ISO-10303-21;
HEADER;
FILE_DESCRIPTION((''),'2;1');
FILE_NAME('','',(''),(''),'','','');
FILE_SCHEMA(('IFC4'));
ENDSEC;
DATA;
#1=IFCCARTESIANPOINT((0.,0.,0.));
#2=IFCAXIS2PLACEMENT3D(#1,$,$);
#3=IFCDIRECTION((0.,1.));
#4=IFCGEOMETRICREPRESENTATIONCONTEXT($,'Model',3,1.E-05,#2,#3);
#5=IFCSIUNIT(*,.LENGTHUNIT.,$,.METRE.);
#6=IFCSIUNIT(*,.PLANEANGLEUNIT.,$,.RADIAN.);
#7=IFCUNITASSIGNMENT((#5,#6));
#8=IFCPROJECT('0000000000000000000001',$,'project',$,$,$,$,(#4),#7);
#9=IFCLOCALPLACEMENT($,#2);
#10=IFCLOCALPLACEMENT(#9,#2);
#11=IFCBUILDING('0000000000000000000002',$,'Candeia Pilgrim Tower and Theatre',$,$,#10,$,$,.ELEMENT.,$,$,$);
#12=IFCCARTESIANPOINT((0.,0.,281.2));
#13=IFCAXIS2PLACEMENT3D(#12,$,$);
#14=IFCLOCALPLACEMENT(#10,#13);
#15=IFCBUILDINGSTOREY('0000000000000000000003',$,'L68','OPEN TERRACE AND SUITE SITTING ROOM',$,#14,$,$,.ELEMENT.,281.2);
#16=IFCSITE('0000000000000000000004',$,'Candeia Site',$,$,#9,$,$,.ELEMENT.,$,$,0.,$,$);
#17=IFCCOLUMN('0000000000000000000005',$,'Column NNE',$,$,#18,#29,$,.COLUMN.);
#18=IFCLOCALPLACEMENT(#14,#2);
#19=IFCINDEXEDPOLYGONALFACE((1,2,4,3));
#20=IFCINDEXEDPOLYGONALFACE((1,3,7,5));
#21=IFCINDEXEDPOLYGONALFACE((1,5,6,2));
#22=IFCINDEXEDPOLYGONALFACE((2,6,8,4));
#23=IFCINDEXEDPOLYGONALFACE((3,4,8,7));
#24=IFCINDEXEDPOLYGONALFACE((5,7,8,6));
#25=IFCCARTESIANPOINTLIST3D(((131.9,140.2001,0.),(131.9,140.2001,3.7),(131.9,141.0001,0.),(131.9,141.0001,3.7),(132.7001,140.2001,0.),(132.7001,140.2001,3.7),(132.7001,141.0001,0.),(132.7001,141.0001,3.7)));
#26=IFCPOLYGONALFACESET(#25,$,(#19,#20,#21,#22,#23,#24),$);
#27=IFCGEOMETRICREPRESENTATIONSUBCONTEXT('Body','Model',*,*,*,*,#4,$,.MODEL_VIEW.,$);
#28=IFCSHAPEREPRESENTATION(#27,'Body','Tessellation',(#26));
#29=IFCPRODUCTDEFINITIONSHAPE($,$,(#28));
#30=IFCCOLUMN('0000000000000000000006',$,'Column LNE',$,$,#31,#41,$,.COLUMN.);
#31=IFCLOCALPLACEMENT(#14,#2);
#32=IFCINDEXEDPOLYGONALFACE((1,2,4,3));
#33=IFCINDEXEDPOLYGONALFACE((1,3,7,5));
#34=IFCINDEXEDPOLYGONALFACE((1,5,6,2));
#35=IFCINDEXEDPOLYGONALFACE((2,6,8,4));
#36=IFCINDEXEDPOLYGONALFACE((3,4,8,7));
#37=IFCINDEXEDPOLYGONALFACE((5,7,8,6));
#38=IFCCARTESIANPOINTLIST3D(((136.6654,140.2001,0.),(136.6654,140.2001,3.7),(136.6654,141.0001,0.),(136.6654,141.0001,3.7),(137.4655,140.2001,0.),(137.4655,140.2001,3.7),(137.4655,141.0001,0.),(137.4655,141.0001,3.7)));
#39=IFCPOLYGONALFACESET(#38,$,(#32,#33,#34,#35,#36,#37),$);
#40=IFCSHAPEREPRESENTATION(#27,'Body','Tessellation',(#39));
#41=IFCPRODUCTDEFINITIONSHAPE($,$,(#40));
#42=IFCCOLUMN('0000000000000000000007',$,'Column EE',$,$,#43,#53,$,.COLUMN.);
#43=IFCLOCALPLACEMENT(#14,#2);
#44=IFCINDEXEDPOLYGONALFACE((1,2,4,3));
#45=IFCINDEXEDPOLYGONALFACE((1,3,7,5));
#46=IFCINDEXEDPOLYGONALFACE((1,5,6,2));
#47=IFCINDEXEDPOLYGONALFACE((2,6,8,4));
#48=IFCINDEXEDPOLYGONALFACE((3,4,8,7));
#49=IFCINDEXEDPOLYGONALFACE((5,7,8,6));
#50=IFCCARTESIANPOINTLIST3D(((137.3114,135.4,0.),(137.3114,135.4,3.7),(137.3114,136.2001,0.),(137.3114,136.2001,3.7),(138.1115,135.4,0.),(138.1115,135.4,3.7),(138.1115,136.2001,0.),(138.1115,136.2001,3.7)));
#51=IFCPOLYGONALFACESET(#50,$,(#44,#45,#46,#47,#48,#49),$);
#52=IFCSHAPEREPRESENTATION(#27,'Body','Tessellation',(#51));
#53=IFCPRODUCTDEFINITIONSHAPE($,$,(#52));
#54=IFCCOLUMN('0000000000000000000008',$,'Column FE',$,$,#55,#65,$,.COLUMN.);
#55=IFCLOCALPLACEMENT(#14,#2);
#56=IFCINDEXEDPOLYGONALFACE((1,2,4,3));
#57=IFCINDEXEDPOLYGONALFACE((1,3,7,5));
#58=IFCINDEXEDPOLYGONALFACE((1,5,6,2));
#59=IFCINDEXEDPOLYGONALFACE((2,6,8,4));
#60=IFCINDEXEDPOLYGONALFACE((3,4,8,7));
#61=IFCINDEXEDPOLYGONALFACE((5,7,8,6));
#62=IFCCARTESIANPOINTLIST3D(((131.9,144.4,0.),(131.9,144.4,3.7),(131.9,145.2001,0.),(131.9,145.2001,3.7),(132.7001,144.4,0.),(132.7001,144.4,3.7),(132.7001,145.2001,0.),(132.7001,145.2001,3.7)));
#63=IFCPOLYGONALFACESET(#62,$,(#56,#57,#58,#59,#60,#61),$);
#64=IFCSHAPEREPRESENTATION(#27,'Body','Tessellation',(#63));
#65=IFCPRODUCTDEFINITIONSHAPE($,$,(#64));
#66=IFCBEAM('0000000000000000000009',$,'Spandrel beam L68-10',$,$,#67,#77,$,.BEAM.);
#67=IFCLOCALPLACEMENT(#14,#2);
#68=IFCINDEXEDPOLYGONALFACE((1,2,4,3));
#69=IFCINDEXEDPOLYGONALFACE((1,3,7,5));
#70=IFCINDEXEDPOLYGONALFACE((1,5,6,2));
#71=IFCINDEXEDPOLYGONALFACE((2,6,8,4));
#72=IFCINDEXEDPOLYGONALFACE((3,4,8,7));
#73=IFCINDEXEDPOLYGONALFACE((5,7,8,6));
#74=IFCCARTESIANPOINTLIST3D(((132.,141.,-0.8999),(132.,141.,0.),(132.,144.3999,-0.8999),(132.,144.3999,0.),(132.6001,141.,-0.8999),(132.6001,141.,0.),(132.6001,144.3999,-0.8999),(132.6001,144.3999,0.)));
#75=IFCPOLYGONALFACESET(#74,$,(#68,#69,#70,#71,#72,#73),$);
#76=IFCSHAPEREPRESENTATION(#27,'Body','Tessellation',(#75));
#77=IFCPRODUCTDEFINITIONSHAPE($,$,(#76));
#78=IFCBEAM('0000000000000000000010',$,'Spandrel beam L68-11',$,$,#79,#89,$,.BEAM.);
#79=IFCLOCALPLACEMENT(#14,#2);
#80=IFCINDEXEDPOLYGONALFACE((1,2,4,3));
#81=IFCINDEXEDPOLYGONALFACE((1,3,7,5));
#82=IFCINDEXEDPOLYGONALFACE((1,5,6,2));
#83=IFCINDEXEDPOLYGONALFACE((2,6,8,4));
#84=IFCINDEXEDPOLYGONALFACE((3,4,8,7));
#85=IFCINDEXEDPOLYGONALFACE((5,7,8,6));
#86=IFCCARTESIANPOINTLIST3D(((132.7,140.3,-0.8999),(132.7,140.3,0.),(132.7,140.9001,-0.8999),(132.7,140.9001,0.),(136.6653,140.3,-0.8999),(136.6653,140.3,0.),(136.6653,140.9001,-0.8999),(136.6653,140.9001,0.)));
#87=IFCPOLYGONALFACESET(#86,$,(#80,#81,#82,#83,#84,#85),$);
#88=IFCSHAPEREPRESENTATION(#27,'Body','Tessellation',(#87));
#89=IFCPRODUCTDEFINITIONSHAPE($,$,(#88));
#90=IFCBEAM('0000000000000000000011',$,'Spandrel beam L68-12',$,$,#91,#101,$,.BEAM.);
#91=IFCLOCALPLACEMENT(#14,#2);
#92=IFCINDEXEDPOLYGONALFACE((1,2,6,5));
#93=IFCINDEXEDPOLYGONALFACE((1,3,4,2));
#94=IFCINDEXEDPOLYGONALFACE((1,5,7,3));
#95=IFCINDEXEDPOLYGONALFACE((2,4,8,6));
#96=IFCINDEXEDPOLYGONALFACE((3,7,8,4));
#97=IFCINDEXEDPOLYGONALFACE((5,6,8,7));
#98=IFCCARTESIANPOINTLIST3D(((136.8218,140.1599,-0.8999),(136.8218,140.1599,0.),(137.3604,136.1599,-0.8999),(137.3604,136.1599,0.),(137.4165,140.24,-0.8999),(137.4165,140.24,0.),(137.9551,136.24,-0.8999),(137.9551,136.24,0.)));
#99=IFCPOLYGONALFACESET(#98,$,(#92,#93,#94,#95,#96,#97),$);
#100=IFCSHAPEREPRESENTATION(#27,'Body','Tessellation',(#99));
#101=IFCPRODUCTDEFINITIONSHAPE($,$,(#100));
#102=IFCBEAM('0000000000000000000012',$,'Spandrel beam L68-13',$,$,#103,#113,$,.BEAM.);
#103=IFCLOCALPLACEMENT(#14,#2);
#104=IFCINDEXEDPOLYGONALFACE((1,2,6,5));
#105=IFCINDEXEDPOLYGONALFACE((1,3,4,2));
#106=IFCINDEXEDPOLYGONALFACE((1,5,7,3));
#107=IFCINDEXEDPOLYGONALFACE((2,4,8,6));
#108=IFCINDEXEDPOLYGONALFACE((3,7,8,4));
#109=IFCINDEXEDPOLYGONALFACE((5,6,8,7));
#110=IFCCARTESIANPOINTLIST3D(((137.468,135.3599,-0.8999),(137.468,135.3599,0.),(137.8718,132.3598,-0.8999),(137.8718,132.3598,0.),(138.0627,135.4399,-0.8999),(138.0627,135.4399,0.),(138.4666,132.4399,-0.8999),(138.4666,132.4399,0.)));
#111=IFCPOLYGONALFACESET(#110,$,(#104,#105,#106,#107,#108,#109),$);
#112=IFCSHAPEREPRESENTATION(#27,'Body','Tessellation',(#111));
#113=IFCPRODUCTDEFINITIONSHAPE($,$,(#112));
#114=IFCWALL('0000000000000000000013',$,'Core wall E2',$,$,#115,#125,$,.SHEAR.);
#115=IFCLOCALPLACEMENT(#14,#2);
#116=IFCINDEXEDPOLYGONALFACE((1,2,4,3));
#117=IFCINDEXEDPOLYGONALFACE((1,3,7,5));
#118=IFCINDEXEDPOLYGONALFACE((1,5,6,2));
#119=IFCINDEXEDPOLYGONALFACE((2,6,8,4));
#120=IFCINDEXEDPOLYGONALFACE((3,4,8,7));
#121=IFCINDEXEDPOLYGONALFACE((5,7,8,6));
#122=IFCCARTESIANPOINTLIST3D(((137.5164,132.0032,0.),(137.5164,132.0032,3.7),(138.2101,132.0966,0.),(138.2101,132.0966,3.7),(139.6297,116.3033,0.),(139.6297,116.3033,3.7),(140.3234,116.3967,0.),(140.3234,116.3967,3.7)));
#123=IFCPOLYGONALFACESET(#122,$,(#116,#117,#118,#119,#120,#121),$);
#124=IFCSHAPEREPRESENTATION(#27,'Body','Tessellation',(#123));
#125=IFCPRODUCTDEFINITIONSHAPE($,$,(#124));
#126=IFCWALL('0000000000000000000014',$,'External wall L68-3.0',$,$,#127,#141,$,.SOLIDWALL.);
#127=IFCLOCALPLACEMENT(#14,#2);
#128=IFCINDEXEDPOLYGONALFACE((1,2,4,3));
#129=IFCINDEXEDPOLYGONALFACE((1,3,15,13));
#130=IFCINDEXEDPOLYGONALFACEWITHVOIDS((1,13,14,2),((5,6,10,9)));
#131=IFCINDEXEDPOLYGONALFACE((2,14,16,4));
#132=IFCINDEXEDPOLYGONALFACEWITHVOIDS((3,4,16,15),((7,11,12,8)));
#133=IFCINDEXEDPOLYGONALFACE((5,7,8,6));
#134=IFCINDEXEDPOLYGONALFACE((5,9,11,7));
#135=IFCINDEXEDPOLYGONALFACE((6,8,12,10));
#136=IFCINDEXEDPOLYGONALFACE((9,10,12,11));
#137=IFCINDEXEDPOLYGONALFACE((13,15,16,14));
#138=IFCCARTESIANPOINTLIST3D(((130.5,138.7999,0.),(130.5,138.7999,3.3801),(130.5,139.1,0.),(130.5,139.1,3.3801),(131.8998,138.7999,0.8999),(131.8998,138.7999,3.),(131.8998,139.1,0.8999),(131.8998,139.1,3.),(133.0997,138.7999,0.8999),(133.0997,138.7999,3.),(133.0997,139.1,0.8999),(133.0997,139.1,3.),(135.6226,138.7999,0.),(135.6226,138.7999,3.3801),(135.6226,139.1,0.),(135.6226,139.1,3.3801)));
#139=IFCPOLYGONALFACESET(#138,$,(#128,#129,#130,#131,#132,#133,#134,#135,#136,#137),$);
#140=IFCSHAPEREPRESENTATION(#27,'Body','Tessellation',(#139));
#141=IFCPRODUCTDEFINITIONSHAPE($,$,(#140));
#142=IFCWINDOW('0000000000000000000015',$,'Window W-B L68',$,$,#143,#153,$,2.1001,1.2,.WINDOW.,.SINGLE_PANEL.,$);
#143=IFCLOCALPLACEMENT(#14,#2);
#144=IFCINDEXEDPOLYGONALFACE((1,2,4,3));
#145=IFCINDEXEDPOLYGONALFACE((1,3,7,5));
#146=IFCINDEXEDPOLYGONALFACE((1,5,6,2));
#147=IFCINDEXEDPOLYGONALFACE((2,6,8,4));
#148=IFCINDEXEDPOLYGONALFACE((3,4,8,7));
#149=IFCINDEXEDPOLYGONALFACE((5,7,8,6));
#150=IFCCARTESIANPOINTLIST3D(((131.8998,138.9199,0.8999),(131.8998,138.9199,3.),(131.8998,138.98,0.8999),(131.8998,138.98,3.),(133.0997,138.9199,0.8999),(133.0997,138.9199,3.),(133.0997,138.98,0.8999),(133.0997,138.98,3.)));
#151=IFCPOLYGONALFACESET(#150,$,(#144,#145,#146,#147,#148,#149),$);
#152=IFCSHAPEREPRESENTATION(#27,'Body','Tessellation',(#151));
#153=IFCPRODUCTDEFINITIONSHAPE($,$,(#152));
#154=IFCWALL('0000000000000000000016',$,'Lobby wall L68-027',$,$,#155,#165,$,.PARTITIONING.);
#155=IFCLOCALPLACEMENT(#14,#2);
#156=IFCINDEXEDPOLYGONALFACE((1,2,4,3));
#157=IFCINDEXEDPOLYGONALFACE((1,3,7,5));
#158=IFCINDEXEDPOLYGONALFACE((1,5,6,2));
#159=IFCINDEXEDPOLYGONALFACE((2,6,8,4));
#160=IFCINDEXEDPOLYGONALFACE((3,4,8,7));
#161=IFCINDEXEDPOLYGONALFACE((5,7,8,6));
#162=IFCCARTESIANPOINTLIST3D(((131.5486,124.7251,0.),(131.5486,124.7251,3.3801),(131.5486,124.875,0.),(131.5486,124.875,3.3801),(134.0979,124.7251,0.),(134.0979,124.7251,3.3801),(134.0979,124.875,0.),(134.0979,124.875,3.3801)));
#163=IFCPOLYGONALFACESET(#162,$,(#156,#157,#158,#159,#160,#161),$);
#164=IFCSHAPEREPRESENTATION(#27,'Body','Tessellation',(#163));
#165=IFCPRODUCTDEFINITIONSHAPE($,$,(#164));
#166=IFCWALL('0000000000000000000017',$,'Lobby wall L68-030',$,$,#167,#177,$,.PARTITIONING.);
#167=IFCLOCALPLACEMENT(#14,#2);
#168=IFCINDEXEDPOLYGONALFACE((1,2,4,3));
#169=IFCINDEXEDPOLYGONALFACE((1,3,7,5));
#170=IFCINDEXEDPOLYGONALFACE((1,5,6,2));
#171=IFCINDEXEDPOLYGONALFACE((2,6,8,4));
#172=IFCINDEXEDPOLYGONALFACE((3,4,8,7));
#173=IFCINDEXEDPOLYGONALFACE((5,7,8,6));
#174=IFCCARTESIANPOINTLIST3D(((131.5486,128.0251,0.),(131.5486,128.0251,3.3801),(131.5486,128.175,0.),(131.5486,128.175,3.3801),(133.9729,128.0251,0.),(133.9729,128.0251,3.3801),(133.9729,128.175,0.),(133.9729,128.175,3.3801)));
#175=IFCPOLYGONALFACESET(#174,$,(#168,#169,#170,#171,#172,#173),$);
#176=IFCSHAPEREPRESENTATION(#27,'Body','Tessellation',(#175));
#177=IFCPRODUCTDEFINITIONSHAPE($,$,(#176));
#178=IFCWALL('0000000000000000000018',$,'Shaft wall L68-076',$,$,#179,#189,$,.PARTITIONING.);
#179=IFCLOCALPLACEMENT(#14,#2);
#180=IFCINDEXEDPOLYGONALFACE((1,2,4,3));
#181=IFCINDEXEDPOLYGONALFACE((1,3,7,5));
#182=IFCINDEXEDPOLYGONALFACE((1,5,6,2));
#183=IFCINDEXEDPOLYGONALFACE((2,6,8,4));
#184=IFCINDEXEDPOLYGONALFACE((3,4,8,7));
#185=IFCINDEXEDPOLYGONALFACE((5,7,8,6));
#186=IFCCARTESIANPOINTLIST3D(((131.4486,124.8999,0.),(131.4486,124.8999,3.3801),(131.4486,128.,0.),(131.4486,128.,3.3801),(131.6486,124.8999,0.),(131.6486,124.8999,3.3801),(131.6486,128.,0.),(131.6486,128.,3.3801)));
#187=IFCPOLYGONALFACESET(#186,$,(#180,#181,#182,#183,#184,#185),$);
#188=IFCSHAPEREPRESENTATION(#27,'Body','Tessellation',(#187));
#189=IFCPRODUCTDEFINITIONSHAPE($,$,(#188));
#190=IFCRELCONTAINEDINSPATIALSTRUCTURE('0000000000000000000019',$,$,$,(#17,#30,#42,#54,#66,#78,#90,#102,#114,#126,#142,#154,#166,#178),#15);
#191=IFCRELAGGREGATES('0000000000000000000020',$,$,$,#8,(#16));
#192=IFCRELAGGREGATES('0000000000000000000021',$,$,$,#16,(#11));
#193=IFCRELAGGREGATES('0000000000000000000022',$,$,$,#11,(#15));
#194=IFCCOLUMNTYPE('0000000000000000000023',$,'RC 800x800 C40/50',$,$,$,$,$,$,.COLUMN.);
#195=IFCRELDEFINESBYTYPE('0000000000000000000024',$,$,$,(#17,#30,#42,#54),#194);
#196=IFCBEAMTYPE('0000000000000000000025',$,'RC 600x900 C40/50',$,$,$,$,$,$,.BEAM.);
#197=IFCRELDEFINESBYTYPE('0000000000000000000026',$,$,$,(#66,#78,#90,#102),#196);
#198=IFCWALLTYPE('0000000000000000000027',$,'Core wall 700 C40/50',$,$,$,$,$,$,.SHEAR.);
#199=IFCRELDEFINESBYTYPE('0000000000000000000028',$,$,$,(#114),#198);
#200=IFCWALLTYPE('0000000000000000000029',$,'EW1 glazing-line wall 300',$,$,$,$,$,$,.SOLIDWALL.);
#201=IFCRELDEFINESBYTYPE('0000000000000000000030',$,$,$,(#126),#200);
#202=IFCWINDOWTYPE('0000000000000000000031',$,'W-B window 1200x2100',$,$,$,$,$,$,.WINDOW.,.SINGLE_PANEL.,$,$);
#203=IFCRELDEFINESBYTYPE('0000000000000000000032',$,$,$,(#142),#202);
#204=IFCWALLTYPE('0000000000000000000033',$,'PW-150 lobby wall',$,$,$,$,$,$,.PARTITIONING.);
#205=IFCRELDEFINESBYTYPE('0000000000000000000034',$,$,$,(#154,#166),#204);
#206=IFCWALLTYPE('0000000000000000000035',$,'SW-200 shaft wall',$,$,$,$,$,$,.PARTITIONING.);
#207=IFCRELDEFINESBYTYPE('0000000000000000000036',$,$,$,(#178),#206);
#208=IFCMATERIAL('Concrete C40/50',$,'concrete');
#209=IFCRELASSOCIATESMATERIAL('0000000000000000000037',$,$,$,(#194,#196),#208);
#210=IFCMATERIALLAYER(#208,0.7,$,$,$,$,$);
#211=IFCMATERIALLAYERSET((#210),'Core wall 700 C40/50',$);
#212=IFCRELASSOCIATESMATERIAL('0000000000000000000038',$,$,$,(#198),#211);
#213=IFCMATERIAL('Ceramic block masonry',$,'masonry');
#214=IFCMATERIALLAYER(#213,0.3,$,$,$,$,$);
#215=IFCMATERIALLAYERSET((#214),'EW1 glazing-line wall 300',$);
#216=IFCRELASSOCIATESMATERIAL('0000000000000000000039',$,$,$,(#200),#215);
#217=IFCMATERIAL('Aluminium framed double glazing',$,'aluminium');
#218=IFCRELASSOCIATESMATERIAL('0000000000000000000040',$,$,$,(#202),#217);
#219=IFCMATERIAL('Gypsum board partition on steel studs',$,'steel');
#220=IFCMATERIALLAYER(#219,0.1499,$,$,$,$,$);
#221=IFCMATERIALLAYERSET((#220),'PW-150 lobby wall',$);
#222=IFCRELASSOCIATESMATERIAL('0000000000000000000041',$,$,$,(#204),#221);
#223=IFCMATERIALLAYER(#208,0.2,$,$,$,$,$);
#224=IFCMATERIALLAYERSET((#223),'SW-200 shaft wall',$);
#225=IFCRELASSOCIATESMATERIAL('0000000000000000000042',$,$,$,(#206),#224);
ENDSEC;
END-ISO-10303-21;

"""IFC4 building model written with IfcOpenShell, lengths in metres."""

from ifc_helpers import new_model, si_unit, direction, frame, frame_2d, origin, origin_2d, place, context, subcontext, project, spatial, rectangle, extrude, material, layer, layer_set, material_profile, profile_set, type_object, element, fill, save


model = new_model("IFC4")

# Units and contexts
model_context = context("Model", 3, precision=1e-05, world=origin(), true_north=direction((0.0, 1.0)))
body_context = subcontext(model_context, "Body", "Model", "MODEL_VIEW")
ifc_project = project(units=[si_unit("LENGTHUNIT", "METRE"), si_unit("PLANEANGLEUNIT", "RADIAN")], contexts=[model_context])

# Site, building, storey
site_placement = place(None, origin())
site = spatial("IfcSite", under=ifc_project, at=site_placement, Name="Candeia Site", CompositionType="ELEMENT", RefElevation=0.0)
building_placement = place(site_placement, origin())
building = spatial("IfcBuilding", under=site, at=building_placement, Name="Candeia Pilgrim Tower and Theatre", CompositionType="ELEMENT")
storey_placement = place(building_placement, frame((0.0, 0.0, 281.2)))
storey = spatial("IfcBuildingStorey", under=building, at=storey_placement, Name="L68", Description="OPEN TERRACE AND SUITE SITTING ROOM", CompositionType="ELEMENT", Elevation=281.2)

# Columns
ifc_material_1 = material(Name="Concrete C40/50", Category="concrete")
ifc_material_profile_1 = material_profile(ifc_material_1, rectangle(XDim=0.8, YDim=0.8, at=origin_2d()))
ifc_profile_set_1 = profile_set([ifc_material_profile_1], Name="Concrete C40/50")
column_type = type_object("IfcColumnType", Name="RC 800x800 C40/50", PredefinedType="COLUMN", material=ifc_profile_set_1)
for number, where, z_axis, x_axis, name in (
    (1, (132.3, 140.6001, 0.0), (0.0, 0.0, 1.0), (1.0, 0.0, 0.0), "Column NNE"),
    (2, (137.0654, 140.6001, 0.0), (0.0, 0.0, 1.0), (1.0, 0.0, 0.0), "Column LNE"),
    (3, (137.7114, 135.8, 0.0), (0.0, 0.0, 1.0), (1.0, 0.0, 0.0), "Column EE"),
    (4, (132.3, 144.8, 0.0), (0.0, 0.0, 1.0), (1.0, 0.0, 0.0), "Column FE"),
):
    element("IfcColumn", number, at=place(storey_placement, frame(where, z_axis=z_axis, x_axis=x_axis)), inside=storey, type_object=column_type, Name=name, PredefinedType="COLUMN", context=body_context, shape_type="SweptSolid", body=[
        extrude(rectangle(XDim=0.8, YDim=0.8, at=origin_2d()), origin(), (0.0, 0.0, 1.0), 3.7),
    ])

# Beams
ifc_material_profile_2 = material_profile(ifc_material_1, rectangle(XDim=0.6001, YDim=0.8999, at=origin_2d()))
ifc_profile_set_2 = profile_set([ifc_material_profile_2], Name="Concrete C40/50")
beam_type = type_object("IfcBeamType", Name="RC 600x900 C40/50", PredefinedType="BEAM", material=ifc_profile_set_2)
beam_1_placement = place(storey_placement, frame((132.3, 144.3999, -0.45), z_axis=(0.0, -1.0, 0.0), x_axis=(1.0, 0.0, 0.0)))
element("IfcBeam", 5, at=beam_1_placement, inside=storey, type_object=beam_type, Name="Spandrel beam L68-10", PredefinedType="BEAM", context=body_context, shape_type="SweptSolid", body=[
    extrude(rectangle(XDim=0.6001, YDim=0.8999, at=origin_2d()), origin(), (0.0, 0.0, 1.0), 3.3999),
])
beam_2_placement = place(storey_placement, frame((132.7, 140.6001, -0.45), z_axis=(1.0, 0.0, 0.0), x_axis=(0.0, 1.0, 0.0)))
element("IfcBeam", 6, at=beam_2_placement, inside=storey, type_object=beam_type, Name="Spandrel beam L68-11", PredefinedType="BEAM", context=body_context, shape_type="SweptSolid", body=[
    extrude(rectangle(XDim=0.6001, YDim=0.8999, at=origin_2d()), origin(), (0.0, 0.0, 1.0), 3.9653),
])
beam_3_placement = place(storey_placement, frame((137.1191, 140.2, -0.45), z_axis=(0.133439, -0.991057, 0.0), x_axis=(0.991057, 0.133439, 0.0)))
element("IfcBeam", 7, at=beam_3_placement, inside=storey, type_object=beam_type, Name="Spandrel beam L68-12", PredefinedType="BEAM", context=body_context, shape_type="SweptSolid", body=[
    extrude(rectangle(XDim=0.6001, YDim=0.8999, at=origin_2d()), origin(), (0.0, 0.0, 1.0), 4.0361),
])
beam_4_placement = place(storey_placement, frame((137.7654, 135.3999, -0.45), z_axis=(0.1334, -0.991062, 0.0), x_axis=(0.991062, 0.1334, 0.0)))
element("IfcBeam", 8, at=beam_4_placement, inside=storey, type_object=beam_type, Name="Spandrel beam L68-13", PredefinedType="BEAM", context=body_context, shape_type="SweptSolid", body=[
    extrude(rectangle(XDim=0.6001, YDim=0.8999, at=origin_2d()), origin(), (0.0, 0.0, 1.0), 3.0271),
])

# Wall
ifc_layer_1 = layer(ifc_material_1, 0.7)
ifc_layer_set_1 = layer_set([ifc_layer_1], Name="Core wall 700 C40/50")
wall_type_1 = type_object("IfcWallType", Name="Core wall 700 C40/50", PredefinedType="SHEAR", material=ifc_layer_set_1)
wall_1_placement = place(storey_placement, frame((137.8633, 132.05, 0.0), z_axis=(0.0, 0.0, 1.0), x_axis=(0.133401, -0.991062, 0.0)))
element("IfcWall", 9, at=wall_1_placement, inside=storey, type_object=wall_type_1, Name="Core wall E2", PredefinedType="SHEAR", context=body_context, shape_type="SweptSolid", body=[
    extrude(rectangle(XDim=15.8416, YDim=0.7, at=frame_2d((7.9209, 0.0))), origin(), (0.0, 0.0, 1.0), 3.7),
])

# Shared definitions
ifc_material_2 = material(Name="Ceramic block masonry", Category="masonry")
ifc_layer_2 = layer(ifc_material_2, 0.3)
ifc_layer_set_2 = layer_set([ifc_layer_2], Name="EW1 glazing-line wall 300")
wall_type_2 = type_object("IfcWallType", Name="EW1 glazing-line wall 300", PredefinedType="SOLIDWALL", material=ifc_layer_set_2)
ifc_material_3 = material(Name="Aluminium framed double glazing", Category="aluminium")

# Wall, opening, window
wall_2_placement = place(storey_placement, frame((135.6226, 138.95, 0.0), z_axis=(0.0, 0.0, 1.0), x_axis=(-1.0, 0.0, 0.0)))
wall_2 = element("IfcWall", 10, at=wall_2_placement, inside=storey, type_object=wall_type_2, Name="External wall L68-3.0", PredefinedType="SOLIDWALL", context=body_context, shape_type="SweptSolid", body=[
    extrude(rectangle(XDim=5.1226, YDim=0.3, at=frame_2d((2.5613, 0.0))), origin(), (0.0, 0.0, 1.0), 3.3801),
])
opening_1_placement = place(wall_2_placement, frame((2.5227, 0.0, 0.8999)))
opening_1 = element("IfcOpeningElement", 11, at=opening_1_placement, cuts=wall_2, PredefinedType="OPENING", context=body_context, shape_type="SweptSolid", body=[
    extrude(rectangle(XDim=1.2, YDim=2.1001, at=frame_2d((0.6001, 1.05))), frame((0.0, 0.1602, 0.0), z_axis=(0.0, -1.0, 0.0), x_axis=(1.0, 0.0, 0.0)), (0.0, 0.0, 1.0), 0.3201),
])
window_type_1 = type_object("IfcWindowType", Name="W-B window 1200x2100", PartitioningType="SINGLE_PANEL", PredefinedType="WINDOW", material=ifc_material_3)
window_1_placement = place(opening_1_placement, origin())
window_1 = element("IfcWindow", 12, at=window_1_placement, inside=storey, type_object=window_type_1, Name="Window W-B L68", OverallHeight=2.1001, OverallWidth=1.2, PartitioningType="SINGLE_PANEL", PredefinedType="WINDOW", context=body_context, shape_type="SweptSolid", body=[
    extrude(rectangle(XDim=1.2, YDim=2.1001, at=frame_2d((0.6001, 1.05))), frame((0.0, 0.03, 0.0), z_axis=(0.0, -1.0, 0.0), x_axis=(1.0, 0.0, 0.0)), (0.0, 0.0, 1.0), 0.0601),
])
fill(opening_1, window_1)

# Walls
ifc_material_4 = material(Name="Gypsum board partition on steel studs", Category="steel")
ifc_layer_3 = layer(ifc_material_4, 0.1499)
ifc_layer_set_3 = layer_set([ifc_layer_3], Name="PW-150 lobby wall")
wall_type_3 = type_object("IfcWallType", Name="PW-150 lobby wall", PredefinedType="PARTITIONING", material=ifc_layer_set_3)
wall_3_placement = place(storey_placement, frame((131.5486, 124.8, 0.0), z_axis=(0.0, 0.0, 1.0), x_axis=(1.0, 0.0, 0.0)))
element("IfcWall", 13, at=wall_3_placement, inside=storey, type_object=wall_type_3, Name="Lobby wall L68-027", PredefinedType="PARTITIONING", context=body_context, shape_type="SweptSolid", body=[
    extrude(rectangle(XDim=2.5493, YDim=0.1499, at=frame_2d((1.2747, 0.0))), origin(), (0.0, 0.0, 1.0), 3.3801),
])
wall_4_placement = place(storey_placement, frame((131.5486, 128.1001, 0.0), z_axis=(0.0, 0.0, 1.0), x_axis=(1.0, 0.0, 0.0)))
element("IfcWall", 14, at=wall_4_placement, inside=storey, type_object=wall_type_3, Name="Lobby wall L68-030", PredefinedType="PARTITIONING", context=body_context, shape_type="SweptSolid", body=[
    extrude(rectangle(XDim=2.4243, YDim=0.1499, at=frame_2d((1.2122, 0.0))), origin(), (0.0, 0.0, 1.0), 3.3801),
])
ifc_layer_4 = layer(ifc_material_1, 0.2)
ifc_layer_set_4 = layer_set([ifc_layer_4], Name="SW-200 shaft wall")
wall_type_4 = type_object("IfcWallType", Name="SW-200 shaft wall", PredefinedType="PARTITIONING", material=ifc_layer_set_4)
wall_5_placement = place(storey_placement, frame((131.5486, 124.8999, 0.0), z_axis=(0.0, 0.0, 1.0), x_axis=(0.0, 1.0, 0.0)))
element("IfcWall", 15, at=wall_5_placement, inside=storey, type_object=wall_type_4, Name="Shaft wall L68-076", PredefinedType="PARTITIONING", context=body_context, shape_type="SweptSolid", body=[
    extrude(rectangle(XDim=3.1001, YDim=0.2, at=frame_2d((1.55, 0.0))), origin(), (0.0, 0.0, 1.0), 3.3801),
])

save(model, "model.ifc")
